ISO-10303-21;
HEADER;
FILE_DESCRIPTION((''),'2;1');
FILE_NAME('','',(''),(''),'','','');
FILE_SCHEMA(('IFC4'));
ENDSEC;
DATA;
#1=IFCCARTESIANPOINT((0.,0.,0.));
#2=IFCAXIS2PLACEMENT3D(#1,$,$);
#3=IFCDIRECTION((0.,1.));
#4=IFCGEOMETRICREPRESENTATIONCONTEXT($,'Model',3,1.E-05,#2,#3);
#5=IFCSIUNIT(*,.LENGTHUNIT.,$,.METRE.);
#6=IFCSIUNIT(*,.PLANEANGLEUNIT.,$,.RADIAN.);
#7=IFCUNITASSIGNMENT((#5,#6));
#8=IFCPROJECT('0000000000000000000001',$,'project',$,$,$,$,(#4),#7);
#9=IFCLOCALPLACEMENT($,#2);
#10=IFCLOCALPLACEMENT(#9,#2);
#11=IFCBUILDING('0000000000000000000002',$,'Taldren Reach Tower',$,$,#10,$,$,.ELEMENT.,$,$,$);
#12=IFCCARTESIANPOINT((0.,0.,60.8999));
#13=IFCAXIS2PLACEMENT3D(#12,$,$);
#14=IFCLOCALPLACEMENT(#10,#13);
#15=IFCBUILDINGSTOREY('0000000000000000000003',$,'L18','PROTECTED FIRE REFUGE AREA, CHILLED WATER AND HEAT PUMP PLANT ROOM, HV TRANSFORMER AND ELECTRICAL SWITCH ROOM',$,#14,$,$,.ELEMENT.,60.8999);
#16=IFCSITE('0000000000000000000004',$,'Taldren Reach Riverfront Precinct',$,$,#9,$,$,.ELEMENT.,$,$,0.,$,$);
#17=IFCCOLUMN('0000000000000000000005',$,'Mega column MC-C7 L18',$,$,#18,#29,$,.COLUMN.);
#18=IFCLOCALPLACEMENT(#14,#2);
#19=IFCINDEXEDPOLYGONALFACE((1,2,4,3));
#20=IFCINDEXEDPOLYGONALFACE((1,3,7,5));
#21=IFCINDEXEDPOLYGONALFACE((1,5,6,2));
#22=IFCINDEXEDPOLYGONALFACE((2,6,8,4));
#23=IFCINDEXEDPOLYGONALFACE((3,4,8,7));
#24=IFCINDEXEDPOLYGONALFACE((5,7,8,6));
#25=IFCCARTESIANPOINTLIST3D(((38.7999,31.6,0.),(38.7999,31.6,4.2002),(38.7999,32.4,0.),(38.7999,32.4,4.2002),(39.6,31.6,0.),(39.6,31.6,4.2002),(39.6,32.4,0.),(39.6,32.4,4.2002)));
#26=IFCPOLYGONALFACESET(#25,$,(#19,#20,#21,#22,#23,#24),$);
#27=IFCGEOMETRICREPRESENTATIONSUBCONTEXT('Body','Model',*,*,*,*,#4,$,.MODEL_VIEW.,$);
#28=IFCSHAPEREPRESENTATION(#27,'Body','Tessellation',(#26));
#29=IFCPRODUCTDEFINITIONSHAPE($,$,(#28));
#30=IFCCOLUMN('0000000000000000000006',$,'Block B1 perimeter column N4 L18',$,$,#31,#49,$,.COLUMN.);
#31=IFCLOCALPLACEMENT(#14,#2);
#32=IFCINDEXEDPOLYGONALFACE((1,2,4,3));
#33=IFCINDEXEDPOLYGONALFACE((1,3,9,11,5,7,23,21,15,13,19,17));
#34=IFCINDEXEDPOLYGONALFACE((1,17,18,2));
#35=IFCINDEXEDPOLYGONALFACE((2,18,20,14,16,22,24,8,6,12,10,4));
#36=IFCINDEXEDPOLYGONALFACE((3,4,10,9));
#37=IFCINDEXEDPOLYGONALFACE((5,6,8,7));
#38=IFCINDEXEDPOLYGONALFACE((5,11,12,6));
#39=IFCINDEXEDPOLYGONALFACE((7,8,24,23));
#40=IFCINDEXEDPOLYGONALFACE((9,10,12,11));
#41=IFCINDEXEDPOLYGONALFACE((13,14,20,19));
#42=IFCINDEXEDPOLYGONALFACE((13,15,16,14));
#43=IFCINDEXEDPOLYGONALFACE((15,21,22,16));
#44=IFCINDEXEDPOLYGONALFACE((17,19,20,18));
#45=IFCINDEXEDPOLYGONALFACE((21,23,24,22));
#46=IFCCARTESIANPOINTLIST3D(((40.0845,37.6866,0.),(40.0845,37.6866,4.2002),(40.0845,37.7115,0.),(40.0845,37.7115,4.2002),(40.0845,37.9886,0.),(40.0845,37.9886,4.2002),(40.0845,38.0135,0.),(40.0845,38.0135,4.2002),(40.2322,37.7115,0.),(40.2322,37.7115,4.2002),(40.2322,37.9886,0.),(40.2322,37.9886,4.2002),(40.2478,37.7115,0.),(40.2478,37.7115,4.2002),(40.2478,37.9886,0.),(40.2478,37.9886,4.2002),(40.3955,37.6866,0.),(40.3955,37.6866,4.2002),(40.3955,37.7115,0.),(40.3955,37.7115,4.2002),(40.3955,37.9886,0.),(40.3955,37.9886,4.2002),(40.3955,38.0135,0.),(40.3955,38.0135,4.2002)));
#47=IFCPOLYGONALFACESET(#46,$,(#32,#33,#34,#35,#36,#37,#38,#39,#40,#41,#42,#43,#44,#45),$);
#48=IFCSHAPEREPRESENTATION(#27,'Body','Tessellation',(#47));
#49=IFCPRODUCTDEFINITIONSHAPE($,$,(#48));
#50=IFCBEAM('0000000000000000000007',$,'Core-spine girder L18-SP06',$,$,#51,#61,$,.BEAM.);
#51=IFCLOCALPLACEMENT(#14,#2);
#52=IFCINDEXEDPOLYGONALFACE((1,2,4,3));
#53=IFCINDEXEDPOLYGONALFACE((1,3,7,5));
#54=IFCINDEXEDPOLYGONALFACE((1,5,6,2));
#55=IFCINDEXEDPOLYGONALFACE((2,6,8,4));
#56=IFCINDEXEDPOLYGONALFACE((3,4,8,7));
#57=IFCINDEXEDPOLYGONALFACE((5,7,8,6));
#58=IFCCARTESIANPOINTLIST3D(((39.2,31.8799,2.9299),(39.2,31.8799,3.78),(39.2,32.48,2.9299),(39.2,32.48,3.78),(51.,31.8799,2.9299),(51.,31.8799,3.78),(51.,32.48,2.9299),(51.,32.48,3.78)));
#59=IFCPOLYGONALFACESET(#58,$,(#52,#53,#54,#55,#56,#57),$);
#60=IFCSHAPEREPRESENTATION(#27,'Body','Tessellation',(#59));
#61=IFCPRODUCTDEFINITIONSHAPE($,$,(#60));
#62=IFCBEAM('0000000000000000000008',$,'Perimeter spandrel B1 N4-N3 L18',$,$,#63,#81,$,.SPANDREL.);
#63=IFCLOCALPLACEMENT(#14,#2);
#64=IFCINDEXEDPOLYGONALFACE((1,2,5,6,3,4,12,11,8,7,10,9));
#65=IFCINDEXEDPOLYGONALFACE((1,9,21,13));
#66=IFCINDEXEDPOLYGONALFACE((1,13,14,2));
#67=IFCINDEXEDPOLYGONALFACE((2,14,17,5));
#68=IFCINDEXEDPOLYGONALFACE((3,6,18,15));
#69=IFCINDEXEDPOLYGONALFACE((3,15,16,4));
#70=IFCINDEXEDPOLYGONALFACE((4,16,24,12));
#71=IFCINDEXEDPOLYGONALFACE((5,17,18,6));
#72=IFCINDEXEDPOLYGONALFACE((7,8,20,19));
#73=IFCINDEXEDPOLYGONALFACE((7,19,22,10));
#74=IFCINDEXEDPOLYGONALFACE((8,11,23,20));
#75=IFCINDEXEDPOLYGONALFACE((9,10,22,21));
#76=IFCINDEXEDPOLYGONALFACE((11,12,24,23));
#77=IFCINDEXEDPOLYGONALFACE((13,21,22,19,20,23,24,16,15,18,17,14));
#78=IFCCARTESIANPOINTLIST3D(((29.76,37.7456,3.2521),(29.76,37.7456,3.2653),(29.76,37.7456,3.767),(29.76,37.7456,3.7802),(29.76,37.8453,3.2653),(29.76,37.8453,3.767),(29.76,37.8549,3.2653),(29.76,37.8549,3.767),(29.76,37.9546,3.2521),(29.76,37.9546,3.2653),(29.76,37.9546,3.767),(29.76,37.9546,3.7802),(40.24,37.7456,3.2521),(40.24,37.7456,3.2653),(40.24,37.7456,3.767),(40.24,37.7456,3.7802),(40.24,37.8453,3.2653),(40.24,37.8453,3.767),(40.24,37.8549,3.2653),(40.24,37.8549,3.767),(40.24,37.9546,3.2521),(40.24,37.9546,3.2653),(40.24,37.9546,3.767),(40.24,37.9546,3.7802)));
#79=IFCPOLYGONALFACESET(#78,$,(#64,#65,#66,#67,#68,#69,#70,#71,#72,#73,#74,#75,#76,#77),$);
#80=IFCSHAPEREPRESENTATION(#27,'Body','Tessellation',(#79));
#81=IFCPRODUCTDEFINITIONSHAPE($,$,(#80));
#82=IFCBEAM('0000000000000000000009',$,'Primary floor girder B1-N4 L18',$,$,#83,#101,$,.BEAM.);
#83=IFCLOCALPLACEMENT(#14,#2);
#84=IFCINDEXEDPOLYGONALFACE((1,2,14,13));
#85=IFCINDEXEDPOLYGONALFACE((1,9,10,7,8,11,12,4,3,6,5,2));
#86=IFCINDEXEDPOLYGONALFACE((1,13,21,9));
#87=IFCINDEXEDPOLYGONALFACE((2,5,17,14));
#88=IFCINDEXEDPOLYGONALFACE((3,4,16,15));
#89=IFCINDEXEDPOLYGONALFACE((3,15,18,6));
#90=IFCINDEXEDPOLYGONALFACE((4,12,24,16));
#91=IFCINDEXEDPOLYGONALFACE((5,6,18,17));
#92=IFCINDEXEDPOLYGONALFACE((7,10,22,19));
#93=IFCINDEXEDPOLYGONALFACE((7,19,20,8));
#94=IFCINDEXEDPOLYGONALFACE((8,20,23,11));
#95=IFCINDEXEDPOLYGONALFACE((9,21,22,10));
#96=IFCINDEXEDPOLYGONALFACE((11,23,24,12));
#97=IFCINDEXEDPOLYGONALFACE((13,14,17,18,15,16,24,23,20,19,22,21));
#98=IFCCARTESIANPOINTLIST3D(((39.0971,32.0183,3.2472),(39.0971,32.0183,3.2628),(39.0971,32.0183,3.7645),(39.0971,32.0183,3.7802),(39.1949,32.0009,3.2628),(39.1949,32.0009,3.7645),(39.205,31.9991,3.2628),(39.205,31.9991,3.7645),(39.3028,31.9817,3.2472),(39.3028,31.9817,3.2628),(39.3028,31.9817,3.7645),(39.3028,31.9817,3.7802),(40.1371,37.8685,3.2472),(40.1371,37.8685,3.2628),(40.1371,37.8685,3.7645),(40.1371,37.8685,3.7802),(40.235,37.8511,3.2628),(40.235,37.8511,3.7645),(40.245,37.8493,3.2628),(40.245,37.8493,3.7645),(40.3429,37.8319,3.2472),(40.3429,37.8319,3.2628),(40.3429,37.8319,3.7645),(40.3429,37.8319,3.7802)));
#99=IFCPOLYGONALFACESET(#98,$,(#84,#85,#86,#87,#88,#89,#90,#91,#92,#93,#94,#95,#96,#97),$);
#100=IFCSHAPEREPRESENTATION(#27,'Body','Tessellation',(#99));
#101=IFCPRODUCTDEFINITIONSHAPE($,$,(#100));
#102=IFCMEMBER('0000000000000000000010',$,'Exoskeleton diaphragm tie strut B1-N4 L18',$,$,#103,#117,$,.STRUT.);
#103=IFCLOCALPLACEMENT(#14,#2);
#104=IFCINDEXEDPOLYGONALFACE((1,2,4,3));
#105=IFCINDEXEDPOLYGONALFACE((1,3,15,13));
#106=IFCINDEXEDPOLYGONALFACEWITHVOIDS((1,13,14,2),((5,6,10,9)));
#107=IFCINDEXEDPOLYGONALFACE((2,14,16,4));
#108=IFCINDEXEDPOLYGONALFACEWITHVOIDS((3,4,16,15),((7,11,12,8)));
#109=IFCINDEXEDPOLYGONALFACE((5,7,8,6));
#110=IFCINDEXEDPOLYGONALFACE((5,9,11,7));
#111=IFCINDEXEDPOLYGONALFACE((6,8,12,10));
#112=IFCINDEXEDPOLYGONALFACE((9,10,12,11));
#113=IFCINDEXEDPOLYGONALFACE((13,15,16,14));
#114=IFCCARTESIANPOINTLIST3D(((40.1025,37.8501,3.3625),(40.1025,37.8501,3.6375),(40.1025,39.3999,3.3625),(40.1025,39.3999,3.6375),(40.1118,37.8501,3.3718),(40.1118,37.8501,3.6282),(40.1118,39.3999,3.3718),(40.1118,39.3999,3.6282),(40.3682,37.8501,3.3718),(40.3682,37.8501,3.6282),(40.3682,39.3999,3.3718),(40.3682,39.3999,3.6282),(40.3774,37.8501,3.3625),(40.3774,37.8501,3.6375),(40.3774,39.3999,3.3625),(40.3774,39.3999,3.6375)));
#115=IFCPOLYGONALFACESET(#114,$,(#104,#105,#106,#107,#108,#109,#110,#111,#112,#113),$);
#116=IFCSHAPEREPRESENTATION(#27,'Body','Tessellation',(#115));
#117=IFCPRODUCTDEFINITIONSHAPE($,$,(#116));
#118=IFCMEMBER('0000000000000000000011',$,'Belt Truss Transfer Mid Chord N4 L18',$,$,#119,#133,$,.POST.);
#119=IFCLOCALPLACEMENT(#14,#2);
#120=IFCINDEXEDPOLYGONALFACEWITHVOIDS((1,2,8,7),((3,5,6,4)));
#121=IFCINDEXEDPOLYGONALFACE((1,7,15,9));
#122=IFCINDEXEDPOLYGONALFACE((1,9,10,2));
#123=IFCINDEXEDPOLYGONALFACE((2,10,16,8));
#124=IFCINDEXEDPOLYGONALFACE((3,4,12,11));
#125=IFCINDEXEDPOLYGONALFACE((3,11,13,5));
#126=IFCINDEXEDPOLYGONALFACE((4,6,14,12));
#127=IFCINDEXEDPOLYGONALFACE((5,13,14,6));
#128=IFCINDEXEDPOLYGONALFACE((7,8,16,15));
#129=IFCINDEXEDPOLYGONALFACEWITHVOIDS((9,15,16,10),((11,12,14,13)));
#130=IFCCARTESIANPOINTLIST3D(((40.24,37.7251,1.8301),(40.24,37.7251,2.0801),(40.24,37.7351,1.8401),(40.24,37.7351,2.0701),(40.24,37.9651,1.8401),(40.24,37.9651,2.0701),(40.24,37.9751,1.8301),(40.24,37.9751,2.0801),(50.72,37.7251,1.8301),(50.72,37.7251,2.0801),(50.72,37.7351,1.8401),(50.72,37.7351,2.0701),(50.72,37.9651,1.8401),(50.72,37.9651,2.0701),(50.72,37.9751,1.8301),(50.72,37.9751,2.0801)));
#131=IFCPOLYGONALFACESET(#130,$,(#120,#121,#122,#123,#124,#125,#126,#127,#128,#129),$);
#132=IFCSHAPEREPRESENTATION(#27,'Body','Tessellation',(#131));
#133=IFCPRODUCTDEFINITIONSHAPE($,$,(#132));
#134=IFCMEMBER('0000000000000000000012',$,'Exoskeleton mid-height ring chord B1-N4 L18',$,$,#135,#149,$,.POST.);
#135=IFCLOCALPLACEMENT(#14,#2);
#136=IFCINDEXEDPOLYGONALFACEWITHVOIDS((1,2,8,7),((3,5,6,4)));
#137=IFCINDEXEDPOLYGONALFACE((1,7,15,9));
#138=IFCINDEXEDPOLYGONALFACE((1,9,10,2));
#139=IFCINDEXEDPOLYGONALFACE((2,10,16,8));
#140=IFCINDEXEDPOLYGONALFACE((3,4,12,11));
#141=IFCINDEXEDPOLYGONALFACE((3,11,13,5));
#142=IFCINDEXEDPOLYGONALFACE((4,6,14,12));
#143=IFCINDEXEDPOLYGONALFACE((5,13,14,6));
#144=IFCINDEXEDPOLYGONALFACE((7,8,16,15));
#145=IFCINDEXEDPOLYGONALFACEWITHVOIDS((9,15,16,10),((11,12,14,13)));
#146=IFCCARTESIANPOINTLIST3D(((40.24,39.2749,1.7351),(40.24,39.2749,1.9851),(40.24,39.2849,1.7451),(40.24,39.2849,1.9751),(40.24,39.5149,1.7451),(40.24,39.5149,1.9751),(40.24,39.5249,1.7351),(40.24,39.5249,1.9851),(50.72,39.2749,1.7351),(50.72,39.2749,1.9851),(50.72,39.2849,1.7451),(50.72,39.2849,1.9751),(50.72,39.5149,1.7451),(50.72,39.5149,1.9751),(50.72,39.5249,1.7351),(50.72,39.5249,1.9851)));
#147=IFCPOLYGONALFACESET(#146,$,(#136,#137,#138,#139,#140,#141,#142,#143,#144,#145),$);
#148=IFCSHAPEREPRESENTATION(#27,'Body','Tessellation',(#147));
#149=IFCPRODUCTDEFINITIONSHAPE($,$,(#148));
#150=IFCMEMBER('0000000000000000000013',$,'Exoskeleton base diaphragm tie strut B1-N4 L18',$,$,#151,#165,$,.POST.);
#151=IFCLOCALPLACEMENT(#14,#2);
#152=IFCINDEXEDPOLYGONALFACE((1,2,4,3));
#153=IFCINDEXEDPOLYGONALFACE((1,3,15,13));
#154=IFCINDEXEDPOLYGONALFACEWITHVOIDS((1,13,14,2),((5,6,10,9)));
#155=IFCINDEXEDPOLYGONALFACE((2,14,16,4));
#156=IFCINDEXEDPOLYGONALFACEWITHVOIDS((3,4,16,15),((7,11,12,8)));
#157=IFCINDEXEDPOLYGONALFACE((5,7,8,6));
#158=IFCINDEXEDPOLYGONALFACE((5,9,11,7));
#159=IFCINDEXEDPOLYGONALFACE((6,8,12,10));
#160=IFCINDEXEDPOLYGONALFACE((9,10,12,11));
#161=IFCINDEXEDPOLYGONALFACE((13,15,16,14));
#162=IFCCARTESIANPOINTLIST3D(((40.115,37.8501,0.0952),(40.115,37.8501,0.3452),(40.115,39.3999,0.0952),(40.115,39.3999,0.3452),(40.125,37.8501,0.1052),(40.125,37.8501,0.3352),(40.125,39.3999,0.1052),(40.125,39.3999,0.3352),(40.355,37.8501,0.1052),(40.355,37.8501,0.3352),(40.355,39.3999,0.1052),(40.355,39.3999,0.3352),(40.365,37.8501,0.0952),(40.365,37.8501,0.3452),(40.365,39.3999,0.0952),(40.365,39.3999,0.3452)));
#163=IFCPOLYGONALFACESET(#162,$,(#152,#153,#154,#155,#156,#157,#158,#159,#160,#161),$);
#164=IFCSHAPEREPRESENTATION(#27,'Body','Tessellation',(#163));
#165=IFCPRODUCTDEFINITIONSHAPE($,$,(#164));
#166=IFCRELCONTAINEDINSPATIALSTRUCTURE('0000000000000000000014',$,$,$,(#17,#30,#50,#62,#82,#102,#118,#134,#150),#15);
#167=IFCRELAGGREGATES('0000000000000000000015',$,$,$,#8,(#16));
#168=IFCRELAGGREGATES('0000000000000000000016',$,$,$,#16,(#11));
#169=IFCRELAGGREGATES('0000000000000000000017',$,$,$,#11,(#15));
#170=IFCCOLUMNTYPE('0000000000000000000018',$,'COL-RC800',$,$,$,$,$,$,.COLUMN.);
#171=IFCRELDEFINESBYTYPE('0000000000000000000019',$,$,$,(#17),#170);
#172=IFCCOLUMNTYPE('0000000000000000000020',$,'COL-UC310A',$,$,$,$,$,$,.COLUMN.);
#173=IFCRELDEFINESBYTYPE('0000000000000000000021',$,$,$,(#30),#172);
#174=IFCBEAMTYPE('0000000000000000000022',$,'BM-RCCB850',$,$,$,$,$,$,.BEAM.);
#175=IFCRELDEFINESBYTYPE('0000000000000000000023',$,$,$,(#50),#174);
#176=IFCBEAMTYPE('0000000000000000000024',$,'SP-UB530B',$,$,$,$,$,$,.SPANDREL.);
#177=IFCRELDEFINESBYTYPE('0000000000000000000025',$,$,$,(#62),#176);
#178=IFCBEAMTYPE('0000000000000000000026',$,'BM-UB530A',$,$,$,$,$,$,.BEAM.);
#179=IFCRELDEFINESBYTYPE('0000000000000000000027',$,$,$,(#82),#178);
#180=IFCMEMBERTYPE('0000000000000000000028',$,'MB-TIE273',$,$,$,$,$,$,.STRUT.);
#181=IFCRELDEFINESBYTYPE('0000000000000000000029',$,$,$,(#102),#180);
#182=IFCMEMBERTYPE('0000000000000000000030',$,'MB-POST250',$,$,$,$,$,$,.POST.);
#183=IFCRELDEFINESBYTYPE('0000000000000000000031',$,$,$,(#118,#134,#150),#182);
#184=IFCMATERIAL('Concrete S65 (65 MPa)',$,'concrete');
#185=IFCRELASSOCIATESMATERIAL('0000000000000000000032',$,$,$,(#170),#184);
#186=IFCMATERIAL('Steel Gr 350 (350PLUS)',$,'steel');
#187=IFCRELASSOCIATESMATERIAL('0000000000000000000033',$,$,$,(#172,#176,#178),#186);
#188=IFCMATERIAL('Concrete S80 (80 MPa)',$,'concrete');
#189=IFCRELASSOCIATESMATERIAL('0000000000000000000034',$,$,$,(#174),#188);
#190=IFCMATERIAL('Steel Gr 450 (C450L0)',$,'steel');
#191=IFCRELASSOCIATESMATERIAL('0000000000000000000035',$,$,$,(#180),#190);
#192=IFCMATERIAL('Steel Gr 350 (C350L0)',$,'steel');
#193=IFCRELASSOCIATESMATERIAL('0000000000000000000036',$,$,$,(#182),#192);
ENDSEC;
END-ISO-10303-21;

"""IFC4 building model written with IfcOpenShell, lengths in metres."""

from ifc_helpers import new_model, si_unit, direction, frame, origin, origin_2d, place, context, subcontext, project, spatial, rectangle, hollow_rectangle, i_section, extrude, source, transform, mapped, material, material_profile, profile_set, type_object, element, save


model = new_model("IFC4")

# Units and contexts
model_context = context("Model", 3, precision=1e-05, world=origin(), true_north=direction((0.0, 1.0)))
body_context = subcontext(model_context, "Body", "Model", "MODEL_VIEW")
ifc_project = project(units=[si_unit("LENGTHUNIT", "METRE"), si_unit("PLANEANGLEUNIT", "RADIAN")], contexts=[model_context])

# Site, building, storey
site_placement = place(None, origin())
site = spatial("IfcSite", under=ifc_project, at=site_placement, Name="Taldren Reach Riverfront Precinct", CompositionType="ELEMENT", RefElevation=0.0)
building_placement = place(site_placement, origin())
building = spatial("IfcBuilding", under=site, at=building_placement, Name="Taldren Reach Tower", CompositionType="ELEMENT")
storey_placement = place(building_placement, frame((0.0, 0.0, 60.8999)))
storey = spatial("IfcBuildingStorey", under=building, at=storey_placement, Name="L18", Description="PROTECTED FIRE REFUGE AREA, CHILLED WATER AND HEAT PUMP PLANT ROOM, HV TRANSFORMER AND ELECTRICAL SWITCH ROOM", CompositionType="ELEMENT", Elevation=60.8999)

# Columns
ifc_material_1 = material(Name="Concrete S65 (65 MPa)", Category="concrete")
ifc_material_profile_1 = material_profile(ifc_material_1, rectangle(XDim=0.8, YDim=0.8, at=origin_2d()), Name="RC-800x800")
ifc_profile_set_1 = profile_set([ifc_material_profile_1], Name="Concrete S65 (65 MPa)")
column_type_1 = type_object("IfcColumnType", Name="COL-RC800", PredefinedType="COLUMN", material=ifc_profile_set_1)
shared_shape_1 = source(origin(), body_context, "Body", "SweptSolid", [
    extrude(rectangle(XDim=0.8, YDim=0.8, at=origin_2d()), origin(), (0.0, 0.0, 1.0), 4.2002),
])
column_1_placement = place(storey_placement, frame((39.2, 32.0, 0.0), z_axis=(0.0, 0.0, 1.0), x_axis=(1.0, 0.0, 0.0)))
element("IfcColumn", 1, at=column_1_placement, inside=storey, type_object=column_type_1, Name="Mega column MC-C7 L18", PredefinedType="COLUMN", context=body_context, shape_type="MappedRepresentation", body=[
    mapped(shared_shape_1, transform((0.0, 0.0, 0.0), scale=1.0)),
])
ifc_material_2 = material(Name="Steel Gr 350 (350PLUS)", Category="steel")
ifc_material_profile_2 = material_profile(ifc_material_2, i_section(OverallWidth=0.311, OverallDepth=0.3269, WebThickness=0.0156, FlangeThickness=0.0249, at=origin_2d()), Name="310UC158")
ifc_profile_set_2 = profile_set([ifc_material_profile_2], Name="Steel Gr 350 (350PLUS)")
column_type_2 = type_object("IfcColumnType", Name="COL-UC310A", PredefinedType="COLUMN", material=ifc_profile_set_2)
shared_shape_2 = source(origin(), body_context, "Body", "SweptSolid", [
    extrude(i_section(OverallWidth=0.311, OverallDepth=0.3269, WebThickness=0.0156, FlangeThickness=0.0249, at=origin_2d()), origin(), (0.0, 0.0, 1.0), 4.2002),
])
column_2_placement = place(storey_placement, frame((40.24, 37.8501, 0.0), z_axis=(0.0, 0.0, 1.0), x_axis=(1.0, 0.0, 0.0)))
element("IfcColumn", 2, at=column_2_placement, inside=storey, type_object=column_type_2, Name="Block B1 perimeter column N4 L18", PredefinedType="COLUMN", context=body_context, shape_type="MappedRepresentation", body=[
    mapped(shared_shape_2, transform((0.0, 0.0, 0.0), scale=1.0)),
])

# Beams
ifc_material_3 = material(Name="Concrete S80 (80 MPa)", Category="concrete")
ifc_material_profile_3 = material_profile(ifc_material_3, rectangle(XDim=0.6001, YDim=0.8501, at=origin_2d()), Name="RC-CB600x850")
ifc_profile_set_3 = profile_set([ifc_material_profile_3], Name="Concrete S80 (80 MPa)")
beam_type_1 = type_object("IfcBeamType", Name="BM-RCCB850", PredefinedType="BEAM", material=ifc_profile_set_3)
shared_shape_3 = source(origin(), body_context, "Body", "SweptSolid", [
    extrude(rectangle(XDim=0.6001, YDim=0.8501, at=origin_2d()), origin(), (0.0, 0.0, 1.0), 11.8),
])
beam_1_placement = place(storey_placement, frame((39.2, 32.1799, 3.355), z_axis=(1.0, 0.0, 0.0), x_axis=(0.0, 1.0, 0.0)))
element("IfcBeam", 3, at=beam_1_placement, inside=storey, type_object=beam_type_1, Name="Core-spine girder L18-SP06", PredefinedType="BEAM", context=body_context, shape_type="MappedRepresentation", body=[
    mapped(shared_shape_3, transform((0.0, 0.0, 0.0), scale=1.0)),
])
ifc_material_profile_4 = material_profile(ifc_material_2, i_section(OverallWidth=0.209, OverallDepth=0.5281, WebThickness=0.0095, FlangeThickness=0.0132, at=origin_2d()), Name="530UB82.0")
ifc_profile_set_4 = profile_set([ifc_material_profile_4], Name="Steel Gr 350 (350PLUS)")
beam_type_2 = type_object("IfcBeamType", Name="SP-UB530B", PredefinedType="SPANDREL", material=ifc_profile_set_4)
shared_shape_4 = source(origin(), body_context, "Body", "SweptSolid", [
    extrude(i_section(OverallWidth=0.209, OverallDepth=0.5281, WebThickness=0.0095, FlangeThickness=0.0132, at=origin_2d()), origin(), (0.0, 0.0, 1.0), 10.48),
])
beam_2_placement = place(storey_placement, frame((40.24, 37.8501, 3.5161), z_axis=(-1.0, 0.0, 0.0), x_axis=(0.0, -1.0, 0.0)))
element("IfcBeam", 4, at=beam_2_placement, inside=storey, type_object=beam_type_2, Name="Perimeter spandrel B1 N4-N3 L18", PredefinedType="SPANDREL", context=body_context, shape_type="MappedRepresentation", body=[
    mapped(shared_shape_4, transform((0.0, 0.0, 0.0), scale=1.0)),
])
ifc_material_profile_5 = material_profile(ifc_material_2, i_section(OverallWidth=0.209, OverallDepth=0.533, WebThickness=0.0103, FlangeThickness=0.0156, at=origin_2d()), Name="530UB92.4")
ifc_profile_set_5 = profile_set([ifc_material_profile_5], Name="Steel Gr 350 (350PLUS)")
beam_type_3 = type_object("IfcBeamType", Name="BM-UB530A", PredefinedType="BEAM", material=ifc_profile_set_5)
shared_shape_5 = source(origin(), body_context, "Body", "SweptSolid", [
    extrude(i_section(OverallWidth=0.209, OverallDepth=0.533, WebThickness=0.0103, FlangeThickness=0.0156, at=origin_2d()), origin(), (0.0, 0.0, 1.0), 5.9419),
])
beam_3_placement = place(storey_placement, frame((39.2, 32.0, 3.5137), z_axis=(0.175037, 0.984562, 0.0), x_axis=(-0.984562, 0.175037, 0.0)))
element("IfcBeam", 5, at=beam_3_placement, inside=storey, type_object=beam_type_3, Name="Primary floor girder B1-N4 L18", PredefinedType="BEAM", context=body_context, shape_type="MappedRepresentation", body=[
    mapped(shared_shape_5, transform((0.0, 0.0, 0.0), scale=1.0)),
])

# Members
ifc_material_4 = material(Name="Steel Gr 450 (C450L0)", Category="steel")
ifc_material_profile_6 = material_profile(ifc_material_4, hollow_rectangle(XDim=0.2749, YDim=0.2749, WallThickness=0.0093, at=origin_2d()), Name="275x275x9.3SHS")
ifc_profile_set_6 = profile_set([ifc_material_profile_6], Name="Steel Gr 450 (C450L0)")
member_type_1 = type_object("IfcMemberType", Name="MB-TIE273", PredefinedType="STRUT", material=ifc_profile_set_6)
shared_shape_6 = source(origin(), body_context, "Body", "SweptSolid", [
    extrude(hollow_rectangle(XDim=0.2749, YDim=0.2749, WallThickness=0.0093, at=origin_2d()), origin(), (0.0, 0.0, 1.0), 1.5498),
])
member_1_placement = place(storey_placement, frame((40.24, 37.8501, 3.5), z_axis=(0.0, 1.0, 0.0), x_axis=(-1.0, 0.0, 0.0)))
element("IfcMember", 6, at=member_1_placement, inside=storey, type_object=member_type_1, Name="Exoskeleton diaphragm tie strut B1-N4 L18", PredefinedType="STRUT", context=body_context, shape_type="MappedRepresentation", body=[
    mapped(shared_shape_6, transform((0.0, 0.0, 0.0), scale=1.0)),
])
ifc_material_5 = material(Name="Steel Gr 350 (C350L0)", Category="steel")
ifc_material_profile_7 = material_profile(ifc_material_5, hollow_rectangle(XDim=0.25, YDim=0.25, WallThickness=0.01, at=origin_2d()), Name="250x250x10.0SHS")
ifc_profile_set_7 = profile_set([ifc_material_profile_7], Name="Steel Gr 350 (C350L0)")
member_type_2 = type_object("IfcMemberType", Name="MB-POST250", PredefinedType="POST", material=ifc_profile_set_7)
shared_shape_7 = source(origin(), body_context, "Body", "SweptSolid", [
    extrude(hollow_rectangle(XDim=0.25, YDim=0.25, WallThickness=0.01, at=origin_2d()), origin(), (0.0, 0.0, 1.0), 10.48),
])
for number, where, z_axis, x_axis, name in (
    (7, (40.24, 37.8501, 1.9551), (1.0, 0.0, 0.0), (0.0, 1.0, 0.0), "Belt Truss Transfer Mid Chord N4 L18"),
    (8, (40.24, 39.3999, 1.8601), (1.0, 0.0, 0.0), (0.0, 1.0, 0.0), "Exoskeleton mid-height ring chord B1-N4 L18"),
):
    element("IfcMember", number, at=place(storey_placement, frame(where, z_axis=z_axis, x_axis=x_axis)), inside=storey, type_object=member_type_2, Name=name, PredefinedType="POST", context=body_context, shape_type="MappedRepresentation", body=[
        mapped(shared_shape_7, transform((0.0, 0.0, 0.0), scale=1.0)),
    ])
shared_shape_8 = source(origin(), body_context, "Body", "SweptSolid", [
    extrude(hollow_rectangle(XDim=0.25, YDim=0.25, WallThickness=0.01, at=origin_2d()), origin(), (0.0, 0.0, 1.0), 1.5498),
])
for number, where, z_axis, x_axis, name in (
    (9, (40.24, 37.8501, 0.2202), (0.0, 1.0, 0.0), (-1.0, 0.0, 0.0), "Exoskeleton base diaphragm tie strut B1-N4 L18"),
):
    element("IfcMember", number, at=place(storey_placement, frame(where, z_axis=z_axis, x_axis=x_axis)), inside=storey, type_object=member_type_2, Name=name, PredefinedType="POST", context=body_context, shape_type="MappedRepresentation", body=[
        mapped(shared_shape_8, transform((0.0, 0.0, 0.0), scale=1.0)),
    ])

save(model, "model.ifc")
